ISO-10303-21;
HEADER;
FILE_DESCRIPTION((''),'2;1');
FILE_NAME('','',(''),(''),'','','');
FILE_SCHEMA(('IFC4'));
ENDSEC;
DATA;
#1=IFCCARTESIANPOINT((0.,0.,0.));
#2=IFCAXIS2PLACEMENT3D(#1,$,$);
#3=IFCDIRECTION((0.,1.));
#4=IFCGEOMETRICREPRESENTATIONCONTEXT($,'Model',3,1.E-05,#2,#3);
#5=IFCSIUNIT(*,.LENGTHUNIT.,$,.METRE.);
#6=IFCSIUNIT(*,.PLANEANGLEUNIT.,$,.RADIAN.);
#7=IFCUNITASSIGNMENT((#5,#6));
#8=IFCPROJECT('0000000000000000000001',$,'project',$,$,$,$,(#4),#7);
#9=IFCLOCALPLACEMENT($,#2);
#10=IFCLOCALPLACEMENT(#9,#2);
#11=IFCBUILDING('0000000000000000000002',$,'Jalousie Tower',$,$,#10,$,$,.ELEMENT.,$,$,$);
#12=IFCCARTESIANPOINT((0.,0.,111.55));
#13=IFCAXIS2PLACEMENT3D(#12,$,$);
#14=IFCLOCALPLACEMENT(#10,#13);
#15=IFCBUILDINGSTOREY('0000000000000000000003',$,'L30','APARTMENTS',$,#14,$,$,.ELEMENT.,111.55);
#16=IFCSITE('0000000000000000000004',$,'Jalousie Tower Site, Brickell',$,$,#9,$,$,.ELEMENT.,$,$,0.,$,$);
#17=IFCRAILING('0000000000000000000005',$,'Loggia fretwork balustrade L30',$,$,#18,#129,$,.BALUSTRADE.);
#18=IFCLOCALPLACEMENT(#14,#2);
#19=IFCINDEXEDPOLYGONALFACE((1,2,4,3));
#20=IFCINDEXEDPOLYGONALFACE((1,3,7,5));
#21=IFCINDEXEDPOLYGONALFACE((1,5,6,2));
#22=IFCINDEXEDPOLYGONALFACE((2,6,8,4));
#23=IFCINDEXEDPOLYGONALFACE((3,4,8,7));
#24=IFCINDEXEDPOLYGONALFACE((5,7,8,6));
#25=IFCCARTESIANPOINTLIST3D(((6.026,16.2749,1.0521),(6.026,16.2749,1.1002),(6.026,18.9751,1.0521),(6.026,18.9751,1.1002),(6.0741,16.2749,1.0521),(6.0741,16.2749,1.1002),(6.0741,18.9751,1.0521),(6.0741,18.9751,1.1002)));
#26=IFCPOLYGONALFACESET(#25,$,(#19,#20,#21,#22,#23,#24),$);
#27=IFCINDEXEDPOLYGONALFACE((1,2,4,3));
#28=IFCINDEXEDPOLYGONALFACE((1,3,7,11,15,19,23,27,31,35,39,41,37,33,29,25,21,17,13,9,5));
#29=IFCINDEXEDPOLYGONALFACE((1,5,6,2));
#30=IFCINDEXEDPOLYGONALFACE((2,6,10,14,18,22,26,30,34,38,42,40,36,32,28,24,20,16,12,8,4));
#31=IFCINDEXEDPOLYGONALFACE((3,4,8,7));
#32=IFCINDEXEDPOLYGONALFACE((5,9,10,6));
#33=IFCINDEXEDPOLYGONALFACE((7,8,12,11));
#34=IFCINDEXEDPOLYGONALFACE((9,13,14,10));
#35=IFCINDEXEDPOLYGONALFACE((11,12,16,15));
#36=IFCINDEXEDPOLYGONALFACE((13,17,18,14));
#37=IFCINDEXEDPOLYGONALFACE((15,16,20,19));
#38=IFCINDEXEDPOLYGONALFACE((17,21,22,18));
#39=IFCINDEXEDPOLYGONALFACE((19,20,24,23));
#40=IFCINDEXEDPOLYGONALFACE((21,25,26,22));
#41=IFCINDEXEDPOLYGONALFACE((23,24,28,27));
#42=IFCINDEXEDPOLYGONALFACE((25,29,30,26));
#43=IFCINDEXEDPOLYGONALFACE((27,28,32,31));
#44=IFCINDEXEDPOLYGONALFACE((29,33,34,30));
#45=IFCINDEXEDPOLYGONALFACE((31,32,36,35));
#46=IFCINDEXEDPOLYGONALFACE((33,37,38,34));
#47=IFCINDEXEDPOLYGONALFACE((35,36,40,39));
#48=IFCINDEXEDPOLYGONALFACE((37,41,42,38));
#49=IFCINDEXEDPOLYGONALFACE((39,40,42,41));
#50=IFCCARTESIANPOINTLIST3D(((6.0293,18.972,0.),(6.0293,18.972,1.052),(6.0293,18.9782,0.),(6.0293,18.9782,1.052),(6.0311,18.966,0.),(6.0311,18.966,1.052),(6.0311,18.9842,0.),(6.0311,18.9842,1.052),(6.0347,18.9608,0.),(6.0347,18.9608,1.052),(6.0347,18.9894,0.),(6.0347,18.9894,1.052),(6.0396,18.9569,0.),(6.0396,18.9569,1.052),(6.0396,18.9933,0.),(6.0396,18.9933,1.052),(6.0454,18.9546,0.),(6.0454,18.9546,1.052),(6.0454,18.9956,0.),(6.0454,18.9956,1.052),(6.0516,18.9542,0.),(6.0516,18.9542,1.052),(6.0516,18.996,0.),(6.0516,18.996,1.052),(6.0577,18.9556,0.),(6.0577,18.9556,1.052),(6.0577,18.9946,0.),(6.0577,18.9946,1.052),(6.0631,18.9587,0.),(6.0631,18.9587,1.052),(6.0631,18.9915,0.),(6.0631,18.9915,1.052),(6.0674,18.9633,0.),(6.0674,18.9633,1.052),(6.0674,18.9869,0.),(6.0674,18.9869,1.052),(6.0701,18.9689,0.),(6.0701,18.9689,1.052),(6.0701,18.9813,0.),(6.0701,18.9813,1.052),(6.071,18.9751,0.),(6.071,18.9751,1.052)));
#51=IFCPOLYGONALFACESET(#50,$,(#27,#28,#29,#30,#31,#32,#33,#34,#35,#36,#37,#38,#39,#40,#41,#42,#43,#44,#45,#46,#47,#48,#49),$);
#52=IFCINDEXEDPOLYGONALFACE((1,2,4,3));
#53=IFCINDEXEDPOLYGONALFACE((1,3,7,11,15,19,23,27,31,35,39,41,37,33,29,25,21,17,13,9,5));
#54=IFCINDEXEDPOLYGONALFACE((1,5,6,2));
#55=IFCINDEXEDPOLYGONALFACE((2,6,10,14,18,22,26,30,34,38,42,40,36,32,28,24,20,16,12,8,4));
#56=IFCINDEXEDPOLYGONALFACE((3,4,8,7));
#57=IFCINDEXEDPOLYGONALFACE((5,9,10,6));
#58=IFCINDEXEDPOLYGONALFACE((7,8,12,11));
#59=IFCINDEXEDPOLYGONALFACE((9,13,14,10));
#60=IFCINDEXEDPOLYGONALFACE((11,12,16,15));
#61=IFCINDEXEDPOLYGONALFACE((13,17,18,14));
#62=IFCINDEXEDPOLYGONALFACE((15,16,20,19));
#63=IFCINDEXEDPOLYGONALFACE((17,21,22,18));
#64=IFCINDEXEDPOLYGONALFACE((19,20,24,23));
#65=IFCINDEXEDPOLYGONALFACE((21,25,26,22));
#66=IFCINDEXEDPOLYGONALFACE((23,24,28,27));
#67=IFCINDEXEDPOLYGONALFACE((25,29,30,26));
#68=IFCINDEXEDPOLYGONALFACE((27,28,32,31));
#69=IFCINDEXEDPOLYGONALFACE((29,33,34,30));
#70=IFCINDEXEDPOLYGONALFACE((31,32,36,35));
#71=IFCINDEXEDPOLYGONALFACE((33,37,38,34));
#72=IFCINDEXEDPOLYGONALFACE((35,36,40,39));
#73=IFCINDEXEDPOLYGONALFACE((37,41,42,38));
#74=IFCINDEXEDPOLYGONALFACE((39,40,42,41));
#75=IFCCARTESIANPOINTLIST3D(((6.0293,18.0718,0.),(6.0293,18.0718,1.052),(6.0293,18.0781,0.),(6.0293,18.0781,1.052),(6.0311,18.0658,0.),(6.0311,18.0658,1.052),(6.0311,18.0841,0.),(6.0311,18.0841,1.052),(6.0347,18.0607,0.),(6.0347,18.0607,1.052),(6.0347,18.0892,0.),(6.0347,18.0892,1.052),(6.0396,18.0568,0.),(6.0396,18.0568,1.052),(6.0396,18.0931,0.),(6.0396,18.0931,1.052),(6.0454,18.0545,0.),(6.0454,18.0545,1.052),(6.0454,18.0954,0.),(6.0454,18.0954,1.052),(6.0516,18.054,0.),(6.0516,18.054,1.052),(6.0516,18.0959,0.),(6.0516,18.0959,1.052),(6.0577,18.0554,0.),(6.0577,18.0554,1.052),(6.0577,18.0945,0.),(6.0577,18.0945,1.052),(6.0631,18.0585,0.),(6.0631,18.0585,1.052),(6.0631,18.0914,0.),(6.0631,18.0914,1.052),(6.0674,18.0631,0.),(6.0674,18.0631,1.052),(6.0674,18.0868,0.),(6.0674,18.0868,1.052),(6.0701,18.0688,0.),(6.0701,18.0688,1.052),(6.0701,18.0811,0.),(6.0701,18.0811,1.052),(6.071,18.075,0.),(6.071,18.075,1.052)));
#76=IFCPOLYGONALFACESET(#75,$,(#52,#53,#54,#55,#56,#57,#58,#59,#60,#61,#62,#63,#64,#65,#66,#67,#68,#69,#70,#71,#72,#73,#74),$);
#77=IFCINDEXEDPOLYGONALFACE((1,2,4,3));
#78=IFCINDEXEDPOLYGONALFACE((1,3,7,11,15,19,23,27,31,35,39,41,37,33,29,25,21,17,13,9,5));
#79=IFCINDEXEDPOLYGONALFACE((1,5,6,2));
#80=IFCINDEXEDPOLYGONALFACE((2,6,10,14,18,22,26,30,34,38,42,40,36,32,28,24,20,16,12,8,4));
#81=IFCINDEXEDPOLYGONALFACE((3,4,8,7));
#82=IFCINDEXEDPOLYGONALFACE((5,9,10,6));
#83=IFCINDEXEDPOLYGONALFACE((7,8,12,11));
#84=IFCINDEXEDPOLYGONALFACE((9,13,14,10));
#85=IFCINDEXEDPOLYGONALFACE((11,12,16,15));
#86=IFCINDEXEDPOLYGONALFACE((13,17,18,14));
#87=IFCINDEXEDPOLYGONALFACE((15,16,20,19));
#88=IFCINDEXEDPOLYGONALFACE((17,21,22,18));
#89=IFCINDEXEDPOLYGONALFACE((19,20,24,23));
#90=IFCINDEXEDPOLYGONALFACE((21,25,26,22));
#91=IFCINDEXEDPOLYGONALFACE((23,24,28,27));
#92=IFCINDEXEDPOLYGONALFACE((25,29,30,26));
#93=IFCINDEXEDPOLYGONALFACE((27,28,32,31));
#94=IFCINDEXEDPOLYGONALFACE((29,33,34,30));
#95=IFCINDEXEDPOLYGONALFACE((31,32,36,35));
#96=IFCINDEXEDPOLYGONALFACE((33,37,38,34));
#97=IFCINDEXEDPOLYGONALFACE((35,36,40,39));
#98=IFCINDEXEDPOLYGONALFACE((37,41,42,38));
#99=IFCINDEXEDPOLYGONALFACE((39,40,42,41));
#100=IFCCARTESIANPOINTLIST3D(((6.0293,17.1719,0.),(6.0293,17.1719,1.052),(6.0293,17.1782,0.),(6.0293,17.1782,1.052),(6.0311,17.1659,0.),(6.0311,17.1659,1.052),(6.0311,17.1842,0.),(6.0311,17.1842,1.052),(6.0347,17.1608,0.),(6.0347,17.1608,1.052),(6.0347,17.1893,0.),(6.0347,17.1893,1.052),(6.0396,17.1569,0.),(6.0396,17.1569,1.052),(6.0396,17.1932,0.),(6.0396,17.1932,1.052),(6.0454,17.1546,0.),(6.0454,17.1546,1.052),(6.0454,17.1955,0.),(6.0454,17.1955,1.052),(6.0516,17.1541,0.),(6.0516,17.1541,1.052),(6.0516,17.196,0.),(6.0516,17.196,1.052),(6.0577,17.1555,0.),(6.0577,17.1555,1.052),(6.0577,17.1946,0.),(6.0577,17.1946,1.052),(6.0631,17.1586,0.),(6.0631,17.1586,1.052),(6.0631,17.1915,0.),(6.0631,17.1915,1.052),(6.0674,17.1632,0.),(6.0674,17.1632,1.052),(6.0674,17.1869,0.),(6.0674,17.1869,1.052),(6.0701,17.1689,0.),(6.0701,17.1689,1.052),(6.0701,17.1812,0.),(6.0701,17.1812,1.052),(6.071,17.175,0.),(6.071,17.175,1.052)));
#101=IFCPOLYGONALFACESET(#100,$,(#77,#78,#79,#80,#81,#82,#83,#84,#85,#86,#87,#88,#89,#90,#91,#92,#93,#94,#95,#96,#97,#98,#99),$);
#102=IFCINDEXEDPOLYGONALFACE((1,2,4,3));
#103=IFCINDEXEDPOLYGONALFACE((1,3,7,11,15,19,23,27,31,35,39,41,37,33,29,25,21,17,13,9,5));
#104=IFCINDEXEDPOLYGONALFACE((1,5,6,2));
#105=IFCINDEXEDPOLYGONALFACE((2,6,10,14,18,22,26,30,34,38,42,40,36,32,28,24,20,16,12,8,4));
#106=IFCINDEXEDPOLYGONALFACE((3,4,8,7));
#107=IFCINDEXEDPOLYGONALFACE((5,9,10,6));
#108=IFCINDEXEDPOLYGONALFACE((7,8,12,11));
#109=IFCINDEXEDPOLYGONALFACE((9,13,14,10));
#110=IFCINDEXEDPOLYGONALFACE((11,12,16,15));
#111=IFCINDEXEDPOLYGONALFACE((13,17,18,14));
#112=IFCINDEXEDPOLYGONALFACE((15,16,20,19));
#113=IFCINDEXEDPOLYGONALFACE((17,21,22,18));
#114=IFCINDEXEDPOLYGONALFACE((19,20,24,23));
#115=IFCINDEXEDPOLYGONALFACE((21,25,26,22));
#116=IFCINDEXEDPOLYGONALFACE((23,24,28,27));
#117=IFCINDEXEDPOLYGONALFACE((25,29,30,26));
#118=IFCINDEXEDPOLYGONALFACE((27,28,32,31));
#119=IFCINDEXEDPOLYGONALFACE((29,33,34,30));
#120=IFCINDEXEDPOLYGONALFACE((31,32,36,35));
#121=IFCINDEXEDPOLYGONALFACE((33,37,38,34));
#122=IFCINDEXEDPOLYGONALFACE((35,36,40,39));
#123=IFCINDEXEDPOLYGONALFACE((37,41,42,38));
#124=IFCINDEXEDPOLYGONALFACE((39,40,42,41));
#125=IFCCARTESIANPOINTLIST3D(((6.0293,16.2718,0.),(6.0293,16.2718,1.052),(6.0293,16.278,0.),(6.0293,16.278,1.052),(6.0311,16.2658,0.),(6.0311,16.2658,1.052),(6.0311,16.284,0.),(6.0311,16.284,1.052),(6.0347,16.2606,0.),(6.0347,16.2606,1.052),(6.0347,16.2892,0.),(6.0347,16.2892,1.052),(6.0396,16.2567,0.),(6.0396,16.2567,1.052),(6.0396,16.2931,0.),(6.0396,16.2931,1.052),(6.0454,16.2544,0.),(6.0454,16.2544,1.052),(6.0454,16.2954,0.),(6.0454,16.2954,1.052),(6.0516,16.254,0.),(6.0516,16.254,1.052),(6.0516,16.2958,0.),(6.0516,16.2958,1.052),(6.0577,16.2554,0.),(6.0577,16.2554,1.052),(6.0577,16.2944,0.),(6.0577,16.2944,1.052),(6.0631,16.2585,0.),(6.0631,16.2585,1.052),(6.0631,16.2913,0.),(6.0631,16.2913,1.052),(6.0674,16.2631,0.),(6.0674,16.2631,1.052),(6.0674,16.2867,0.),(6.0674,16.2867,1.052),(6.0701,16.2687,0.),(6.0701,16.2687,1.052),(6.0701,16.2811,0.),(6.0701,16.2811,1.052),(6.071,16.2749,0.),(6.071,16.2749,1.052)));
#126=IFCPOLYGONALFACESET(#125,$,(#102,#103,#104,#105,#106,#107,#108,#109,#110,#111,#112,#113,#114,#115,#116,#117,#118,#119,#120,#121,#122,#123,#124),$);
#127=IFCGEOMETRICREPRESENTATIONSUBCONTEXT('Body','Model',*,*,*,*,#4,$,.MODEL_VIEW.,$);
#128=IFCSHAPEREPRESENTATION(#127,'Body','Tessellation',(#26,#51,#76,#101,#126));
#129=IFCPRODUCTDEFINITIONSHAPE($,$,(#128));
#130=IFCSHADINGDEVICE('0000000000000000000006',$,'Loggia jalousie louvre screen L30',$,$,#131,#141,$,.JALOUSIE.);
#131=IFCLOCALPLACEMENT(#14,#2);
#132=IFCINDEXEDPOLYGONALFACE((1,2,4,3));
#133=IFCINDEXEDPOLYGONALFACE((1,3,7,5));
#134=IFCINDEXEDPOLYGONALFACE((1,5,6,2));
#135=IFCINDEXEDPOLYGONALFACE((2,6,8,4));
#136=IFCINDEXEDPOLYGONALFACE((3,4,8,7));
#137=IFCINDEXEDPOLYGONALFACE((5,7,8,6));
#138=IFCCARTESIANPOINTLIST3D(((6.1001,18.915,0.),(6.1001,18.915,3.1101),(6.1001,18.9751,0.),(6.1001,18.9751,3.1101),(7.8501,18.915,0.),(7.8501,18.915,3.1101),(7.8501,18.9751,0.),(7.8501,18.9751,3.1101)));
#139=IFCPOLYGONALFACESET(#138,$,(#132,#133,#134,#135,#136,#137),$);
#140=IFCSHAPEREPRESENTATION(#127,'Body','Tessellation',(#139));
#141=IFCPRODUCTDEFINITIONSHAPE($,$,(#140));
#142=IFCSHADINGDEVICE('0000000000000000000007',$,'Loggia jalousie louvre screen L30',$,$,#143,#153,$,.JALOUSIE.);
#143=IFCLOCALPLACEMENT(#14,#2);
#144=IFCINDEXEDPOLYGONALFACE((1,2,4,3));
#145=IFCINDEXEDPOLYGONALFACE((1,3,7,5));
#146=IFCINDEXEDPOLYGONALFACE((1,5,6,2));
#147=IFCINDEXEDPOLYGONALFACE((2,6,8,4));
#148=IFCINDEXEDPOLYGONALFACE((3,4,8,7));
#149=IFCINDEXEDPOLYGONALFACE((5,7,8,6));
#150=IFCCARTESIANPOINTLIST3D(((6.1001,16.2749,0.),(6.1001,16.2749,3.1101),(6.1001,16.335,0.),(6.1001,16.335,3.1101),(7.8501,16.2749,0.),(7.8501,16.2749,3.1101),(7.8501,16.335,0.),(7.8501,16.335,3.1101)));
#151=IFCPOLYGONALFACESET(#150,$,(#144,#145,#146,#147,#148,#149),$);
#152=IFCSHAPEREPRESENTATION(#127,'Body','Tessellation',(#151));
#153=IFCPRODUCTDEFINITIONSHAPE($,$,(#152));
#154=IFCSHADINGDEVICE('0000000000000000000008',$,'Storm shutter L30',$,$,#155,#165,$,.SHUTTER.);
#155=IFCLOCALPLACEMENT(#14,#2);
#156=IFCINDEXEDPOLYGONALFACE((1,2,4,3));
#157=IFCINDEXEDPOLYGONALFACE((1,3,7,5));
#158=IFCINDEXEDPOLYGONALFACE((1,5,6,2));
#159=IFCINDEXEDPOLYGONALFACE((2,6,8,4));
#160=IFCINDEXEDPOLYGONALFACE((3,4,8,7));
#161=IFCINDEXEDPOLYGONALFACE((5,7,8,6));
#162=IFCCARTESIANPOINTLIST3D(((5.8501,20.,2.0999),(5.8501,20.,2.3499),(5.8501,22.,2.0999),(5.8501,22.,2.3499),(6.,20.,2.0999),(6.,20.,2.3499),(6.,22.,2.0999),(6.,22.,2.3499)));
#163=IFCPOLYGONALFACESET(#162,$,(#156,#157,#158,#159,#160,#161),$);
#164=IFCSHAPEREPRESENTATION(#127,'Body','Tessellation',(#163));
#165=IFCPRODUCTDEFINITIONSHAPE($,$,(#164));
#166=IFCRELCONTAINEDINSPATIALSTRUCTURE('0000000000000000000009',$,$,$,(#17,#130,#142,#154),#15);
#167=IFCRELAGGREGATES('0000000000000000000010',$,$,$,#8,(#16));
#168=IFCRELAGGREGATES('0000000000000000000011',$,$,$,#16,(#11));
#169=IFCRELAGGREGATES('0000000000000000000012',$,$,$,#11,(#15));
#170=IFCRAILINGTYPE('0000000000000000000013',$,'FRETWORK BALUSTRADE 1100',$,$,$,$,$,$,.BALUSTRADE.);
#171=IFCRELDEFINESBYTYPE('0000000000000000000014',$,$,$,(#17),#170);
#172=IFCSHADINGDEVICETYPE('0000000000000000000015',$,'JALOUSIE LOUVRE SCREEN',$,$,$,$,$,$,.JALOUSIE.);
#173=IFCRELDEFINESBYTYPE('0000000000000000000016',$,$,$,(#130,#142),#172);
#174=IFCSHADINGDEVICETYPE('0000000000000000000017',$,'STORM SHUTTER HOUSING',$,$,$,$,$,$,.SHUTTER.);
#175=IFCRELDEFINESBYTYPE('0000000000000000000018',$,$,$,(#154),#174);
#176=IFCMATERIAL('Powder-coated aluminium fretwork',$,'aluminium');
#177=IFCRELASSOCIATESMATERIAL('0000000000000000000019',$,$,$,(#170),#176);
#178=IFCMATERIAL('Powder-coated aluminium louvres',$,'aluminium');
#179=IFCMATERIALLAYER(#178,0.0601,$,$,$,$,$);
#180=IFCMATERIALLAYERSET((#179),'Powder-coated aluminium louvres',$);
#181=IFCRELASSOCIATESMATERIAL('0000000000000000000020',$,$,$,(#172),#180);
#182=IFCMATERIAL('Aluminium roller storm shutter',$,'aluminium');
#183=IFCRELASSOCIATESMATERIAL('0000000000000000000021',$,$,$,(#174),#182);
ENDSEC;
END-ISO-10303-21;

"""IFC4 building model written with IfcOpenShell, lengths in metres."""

from ifc_helpers import new_model, si_unit, direction, frame, origin, origin_2d, place, context, subcontext, project, spatial, rectangle, circle, extrude, material, layer, layer_set, type_object, element, save


model = new_model("IFC4")

# Units and contexts
model_context = context("Model", 3, precision=1e-05, world=origin(), true_north=direction((0.0, 1.0)))
body_context = subcontext(model_context, "Body", "Model", "MODEL_VIEW")
ifc_project = project(units=[si_unit("LENGTHUNIT", "METRE"), si_unit("PLANEANGLEUNIT", "RADIAN")], contexts=[model_context])

# Site, building, storey
site_placement = place(None, origin())
site = spatial("IfcSite", under=ifc_project, at=site_placement, Name="Jalousie Tower Site, Brickell", CompositionType="ELEMENT", RefElevation=0.0)
building_placement = place(site_placement, origin())
building = spatial("IfcBuilding", under=site, at=building_placement, Name="Jalousie Tower", CompositionType="ELEMENT")
storey_placement = place(building_placement, frame((0.0, 0.0, 111.55)))
storey = spatial("IfcBuildingStorey", under=building, at=storey_placement, Name="L30", Description="APARTMENTS", CompositionType="ELEMENT", Elevation=111.55)

# Railing
ifc_material_1 = material(Name="Powder-coated aluminium fretwork", Category="aluminium")
railing_type = type_object("IfcRailingType", Name="FRETWORK BALUSTRADE 1100", PredefinedType="BALUSTRADE", material=ifc_material_1)
railing_placement = place(storey_placement, frame((6.05, 18.9751, 0.0)))
element("IfcRailing", 1, at=railing_placement, inside=storey, type_object=railing_type, Name="Loggia fretwork balustrade L30", PredefinedType="BALUSTRADE", context=body_context, shape_type="SweptSolid", body=[
    extrude(rectangle(XDim=0.0481, YDim=0.0481, at=origin_2d()), frame((0.0, 0.0, 1.0762), z_axis=(0.0, -1.0, 0.0), x_axis=(1.0, 0.0, 0.0)), (0.0, 0.0, 1.0), 2.7002),
    extrude(circle(Radius=0.021, at=origin_2d()), origin(), (0.0, 0.0, 1.0), 1.052),
    extrude(circle(Radius=0.021, at=origin_2d()), frame((0.0, -0.9001, 0.0)), (0.0, 0.0, 1.0), 1.052),
    extrude(circle(Radius=0.021, at=origin_2d()), frame((0.0, -1.8, 0.0)), (0.0, 0.0, 1.0), 1.052),
    extrude(circle(Radius=0.021, at=origin_2d()), frame((0.0, -2.7002, 0.0)), (0.0, 0.0, 1.0), 1.052),
])

# Shading devices
ifc_material_2 = material(Name="Powder-coated aluminium louvres", Category="aluminium")
ifc_layer_1 = layer(ifc_material_2, 0.0601)
ifc_layer_set_1 = layer_set([ifc_layer_1], Name="Powder-coated aluminium louvres")
shading_device_type_1 = type_object("IfcShadingDeviceType", Name="JALOUSIE LOUVRE SCREEN", PredefinedType="JALOUSIE", material=ifc_layer_set_1)
for number, where, z_axis, x_axis, name in (
    (2, (6.9751, 18.9451, 0.0), (0.0, 0.0, 1.0), (0.0, -1.0, 0.0), "Loggia jalousie louvre screen L30"),
    (3, (6.9751, 16.3049, 0.0), (0.0, 0.0, 1.0), (0.0, -1.0, 0.0), "Loggia jalousie louvre screen L30"),
):
    element("IfcShadingDevice", number, at=place(storey_placement, frame(where, z_axis=z_axis, x_axis=x_axis)), inside=storey, type_object=shading_device_type_1, Name=name, PredefinedType="JALOUSIE", context=body_context, shape_type="SweptSolid", body=[
        extrude(rectangle(XDim=0.0601, YDim=1.75, at=origin_2d()), origin(), (0.0, 0.0, 1.0), 3.1101),
    ])
ifc_material_3 = material(Name="Aluminium roller storm shutter", Category="aluminium")
shading_device_type_2 = type_object("IfcShadingDeviceType", Name="STORM SHUTTER HOUSING", PredefinedType="SHUTTER", material=ifc_material_3)
shading_device_placement = place(storey_placement, frame((5.925, 21.0, 2.0999), z_axis=(0.0, 0.0, 1.0), x_axis=(0.0, -1.0, 0.0)))
element("IfcShadingDevice", 4, at=shading_device_placement, inside=storey, type_object=shading_device_type_2, Name="Storm shutter L30", PredefinedType="SHUTTER", context=body_context, shape_type="SweptSolid", body=[
    extrude(rectangle(XDim=2.0, YDim=0.1499, at=origin_2d()), origin(), (0.0, 0.0, 1.0), 0.25),
])

save(model, "model.ifc")
